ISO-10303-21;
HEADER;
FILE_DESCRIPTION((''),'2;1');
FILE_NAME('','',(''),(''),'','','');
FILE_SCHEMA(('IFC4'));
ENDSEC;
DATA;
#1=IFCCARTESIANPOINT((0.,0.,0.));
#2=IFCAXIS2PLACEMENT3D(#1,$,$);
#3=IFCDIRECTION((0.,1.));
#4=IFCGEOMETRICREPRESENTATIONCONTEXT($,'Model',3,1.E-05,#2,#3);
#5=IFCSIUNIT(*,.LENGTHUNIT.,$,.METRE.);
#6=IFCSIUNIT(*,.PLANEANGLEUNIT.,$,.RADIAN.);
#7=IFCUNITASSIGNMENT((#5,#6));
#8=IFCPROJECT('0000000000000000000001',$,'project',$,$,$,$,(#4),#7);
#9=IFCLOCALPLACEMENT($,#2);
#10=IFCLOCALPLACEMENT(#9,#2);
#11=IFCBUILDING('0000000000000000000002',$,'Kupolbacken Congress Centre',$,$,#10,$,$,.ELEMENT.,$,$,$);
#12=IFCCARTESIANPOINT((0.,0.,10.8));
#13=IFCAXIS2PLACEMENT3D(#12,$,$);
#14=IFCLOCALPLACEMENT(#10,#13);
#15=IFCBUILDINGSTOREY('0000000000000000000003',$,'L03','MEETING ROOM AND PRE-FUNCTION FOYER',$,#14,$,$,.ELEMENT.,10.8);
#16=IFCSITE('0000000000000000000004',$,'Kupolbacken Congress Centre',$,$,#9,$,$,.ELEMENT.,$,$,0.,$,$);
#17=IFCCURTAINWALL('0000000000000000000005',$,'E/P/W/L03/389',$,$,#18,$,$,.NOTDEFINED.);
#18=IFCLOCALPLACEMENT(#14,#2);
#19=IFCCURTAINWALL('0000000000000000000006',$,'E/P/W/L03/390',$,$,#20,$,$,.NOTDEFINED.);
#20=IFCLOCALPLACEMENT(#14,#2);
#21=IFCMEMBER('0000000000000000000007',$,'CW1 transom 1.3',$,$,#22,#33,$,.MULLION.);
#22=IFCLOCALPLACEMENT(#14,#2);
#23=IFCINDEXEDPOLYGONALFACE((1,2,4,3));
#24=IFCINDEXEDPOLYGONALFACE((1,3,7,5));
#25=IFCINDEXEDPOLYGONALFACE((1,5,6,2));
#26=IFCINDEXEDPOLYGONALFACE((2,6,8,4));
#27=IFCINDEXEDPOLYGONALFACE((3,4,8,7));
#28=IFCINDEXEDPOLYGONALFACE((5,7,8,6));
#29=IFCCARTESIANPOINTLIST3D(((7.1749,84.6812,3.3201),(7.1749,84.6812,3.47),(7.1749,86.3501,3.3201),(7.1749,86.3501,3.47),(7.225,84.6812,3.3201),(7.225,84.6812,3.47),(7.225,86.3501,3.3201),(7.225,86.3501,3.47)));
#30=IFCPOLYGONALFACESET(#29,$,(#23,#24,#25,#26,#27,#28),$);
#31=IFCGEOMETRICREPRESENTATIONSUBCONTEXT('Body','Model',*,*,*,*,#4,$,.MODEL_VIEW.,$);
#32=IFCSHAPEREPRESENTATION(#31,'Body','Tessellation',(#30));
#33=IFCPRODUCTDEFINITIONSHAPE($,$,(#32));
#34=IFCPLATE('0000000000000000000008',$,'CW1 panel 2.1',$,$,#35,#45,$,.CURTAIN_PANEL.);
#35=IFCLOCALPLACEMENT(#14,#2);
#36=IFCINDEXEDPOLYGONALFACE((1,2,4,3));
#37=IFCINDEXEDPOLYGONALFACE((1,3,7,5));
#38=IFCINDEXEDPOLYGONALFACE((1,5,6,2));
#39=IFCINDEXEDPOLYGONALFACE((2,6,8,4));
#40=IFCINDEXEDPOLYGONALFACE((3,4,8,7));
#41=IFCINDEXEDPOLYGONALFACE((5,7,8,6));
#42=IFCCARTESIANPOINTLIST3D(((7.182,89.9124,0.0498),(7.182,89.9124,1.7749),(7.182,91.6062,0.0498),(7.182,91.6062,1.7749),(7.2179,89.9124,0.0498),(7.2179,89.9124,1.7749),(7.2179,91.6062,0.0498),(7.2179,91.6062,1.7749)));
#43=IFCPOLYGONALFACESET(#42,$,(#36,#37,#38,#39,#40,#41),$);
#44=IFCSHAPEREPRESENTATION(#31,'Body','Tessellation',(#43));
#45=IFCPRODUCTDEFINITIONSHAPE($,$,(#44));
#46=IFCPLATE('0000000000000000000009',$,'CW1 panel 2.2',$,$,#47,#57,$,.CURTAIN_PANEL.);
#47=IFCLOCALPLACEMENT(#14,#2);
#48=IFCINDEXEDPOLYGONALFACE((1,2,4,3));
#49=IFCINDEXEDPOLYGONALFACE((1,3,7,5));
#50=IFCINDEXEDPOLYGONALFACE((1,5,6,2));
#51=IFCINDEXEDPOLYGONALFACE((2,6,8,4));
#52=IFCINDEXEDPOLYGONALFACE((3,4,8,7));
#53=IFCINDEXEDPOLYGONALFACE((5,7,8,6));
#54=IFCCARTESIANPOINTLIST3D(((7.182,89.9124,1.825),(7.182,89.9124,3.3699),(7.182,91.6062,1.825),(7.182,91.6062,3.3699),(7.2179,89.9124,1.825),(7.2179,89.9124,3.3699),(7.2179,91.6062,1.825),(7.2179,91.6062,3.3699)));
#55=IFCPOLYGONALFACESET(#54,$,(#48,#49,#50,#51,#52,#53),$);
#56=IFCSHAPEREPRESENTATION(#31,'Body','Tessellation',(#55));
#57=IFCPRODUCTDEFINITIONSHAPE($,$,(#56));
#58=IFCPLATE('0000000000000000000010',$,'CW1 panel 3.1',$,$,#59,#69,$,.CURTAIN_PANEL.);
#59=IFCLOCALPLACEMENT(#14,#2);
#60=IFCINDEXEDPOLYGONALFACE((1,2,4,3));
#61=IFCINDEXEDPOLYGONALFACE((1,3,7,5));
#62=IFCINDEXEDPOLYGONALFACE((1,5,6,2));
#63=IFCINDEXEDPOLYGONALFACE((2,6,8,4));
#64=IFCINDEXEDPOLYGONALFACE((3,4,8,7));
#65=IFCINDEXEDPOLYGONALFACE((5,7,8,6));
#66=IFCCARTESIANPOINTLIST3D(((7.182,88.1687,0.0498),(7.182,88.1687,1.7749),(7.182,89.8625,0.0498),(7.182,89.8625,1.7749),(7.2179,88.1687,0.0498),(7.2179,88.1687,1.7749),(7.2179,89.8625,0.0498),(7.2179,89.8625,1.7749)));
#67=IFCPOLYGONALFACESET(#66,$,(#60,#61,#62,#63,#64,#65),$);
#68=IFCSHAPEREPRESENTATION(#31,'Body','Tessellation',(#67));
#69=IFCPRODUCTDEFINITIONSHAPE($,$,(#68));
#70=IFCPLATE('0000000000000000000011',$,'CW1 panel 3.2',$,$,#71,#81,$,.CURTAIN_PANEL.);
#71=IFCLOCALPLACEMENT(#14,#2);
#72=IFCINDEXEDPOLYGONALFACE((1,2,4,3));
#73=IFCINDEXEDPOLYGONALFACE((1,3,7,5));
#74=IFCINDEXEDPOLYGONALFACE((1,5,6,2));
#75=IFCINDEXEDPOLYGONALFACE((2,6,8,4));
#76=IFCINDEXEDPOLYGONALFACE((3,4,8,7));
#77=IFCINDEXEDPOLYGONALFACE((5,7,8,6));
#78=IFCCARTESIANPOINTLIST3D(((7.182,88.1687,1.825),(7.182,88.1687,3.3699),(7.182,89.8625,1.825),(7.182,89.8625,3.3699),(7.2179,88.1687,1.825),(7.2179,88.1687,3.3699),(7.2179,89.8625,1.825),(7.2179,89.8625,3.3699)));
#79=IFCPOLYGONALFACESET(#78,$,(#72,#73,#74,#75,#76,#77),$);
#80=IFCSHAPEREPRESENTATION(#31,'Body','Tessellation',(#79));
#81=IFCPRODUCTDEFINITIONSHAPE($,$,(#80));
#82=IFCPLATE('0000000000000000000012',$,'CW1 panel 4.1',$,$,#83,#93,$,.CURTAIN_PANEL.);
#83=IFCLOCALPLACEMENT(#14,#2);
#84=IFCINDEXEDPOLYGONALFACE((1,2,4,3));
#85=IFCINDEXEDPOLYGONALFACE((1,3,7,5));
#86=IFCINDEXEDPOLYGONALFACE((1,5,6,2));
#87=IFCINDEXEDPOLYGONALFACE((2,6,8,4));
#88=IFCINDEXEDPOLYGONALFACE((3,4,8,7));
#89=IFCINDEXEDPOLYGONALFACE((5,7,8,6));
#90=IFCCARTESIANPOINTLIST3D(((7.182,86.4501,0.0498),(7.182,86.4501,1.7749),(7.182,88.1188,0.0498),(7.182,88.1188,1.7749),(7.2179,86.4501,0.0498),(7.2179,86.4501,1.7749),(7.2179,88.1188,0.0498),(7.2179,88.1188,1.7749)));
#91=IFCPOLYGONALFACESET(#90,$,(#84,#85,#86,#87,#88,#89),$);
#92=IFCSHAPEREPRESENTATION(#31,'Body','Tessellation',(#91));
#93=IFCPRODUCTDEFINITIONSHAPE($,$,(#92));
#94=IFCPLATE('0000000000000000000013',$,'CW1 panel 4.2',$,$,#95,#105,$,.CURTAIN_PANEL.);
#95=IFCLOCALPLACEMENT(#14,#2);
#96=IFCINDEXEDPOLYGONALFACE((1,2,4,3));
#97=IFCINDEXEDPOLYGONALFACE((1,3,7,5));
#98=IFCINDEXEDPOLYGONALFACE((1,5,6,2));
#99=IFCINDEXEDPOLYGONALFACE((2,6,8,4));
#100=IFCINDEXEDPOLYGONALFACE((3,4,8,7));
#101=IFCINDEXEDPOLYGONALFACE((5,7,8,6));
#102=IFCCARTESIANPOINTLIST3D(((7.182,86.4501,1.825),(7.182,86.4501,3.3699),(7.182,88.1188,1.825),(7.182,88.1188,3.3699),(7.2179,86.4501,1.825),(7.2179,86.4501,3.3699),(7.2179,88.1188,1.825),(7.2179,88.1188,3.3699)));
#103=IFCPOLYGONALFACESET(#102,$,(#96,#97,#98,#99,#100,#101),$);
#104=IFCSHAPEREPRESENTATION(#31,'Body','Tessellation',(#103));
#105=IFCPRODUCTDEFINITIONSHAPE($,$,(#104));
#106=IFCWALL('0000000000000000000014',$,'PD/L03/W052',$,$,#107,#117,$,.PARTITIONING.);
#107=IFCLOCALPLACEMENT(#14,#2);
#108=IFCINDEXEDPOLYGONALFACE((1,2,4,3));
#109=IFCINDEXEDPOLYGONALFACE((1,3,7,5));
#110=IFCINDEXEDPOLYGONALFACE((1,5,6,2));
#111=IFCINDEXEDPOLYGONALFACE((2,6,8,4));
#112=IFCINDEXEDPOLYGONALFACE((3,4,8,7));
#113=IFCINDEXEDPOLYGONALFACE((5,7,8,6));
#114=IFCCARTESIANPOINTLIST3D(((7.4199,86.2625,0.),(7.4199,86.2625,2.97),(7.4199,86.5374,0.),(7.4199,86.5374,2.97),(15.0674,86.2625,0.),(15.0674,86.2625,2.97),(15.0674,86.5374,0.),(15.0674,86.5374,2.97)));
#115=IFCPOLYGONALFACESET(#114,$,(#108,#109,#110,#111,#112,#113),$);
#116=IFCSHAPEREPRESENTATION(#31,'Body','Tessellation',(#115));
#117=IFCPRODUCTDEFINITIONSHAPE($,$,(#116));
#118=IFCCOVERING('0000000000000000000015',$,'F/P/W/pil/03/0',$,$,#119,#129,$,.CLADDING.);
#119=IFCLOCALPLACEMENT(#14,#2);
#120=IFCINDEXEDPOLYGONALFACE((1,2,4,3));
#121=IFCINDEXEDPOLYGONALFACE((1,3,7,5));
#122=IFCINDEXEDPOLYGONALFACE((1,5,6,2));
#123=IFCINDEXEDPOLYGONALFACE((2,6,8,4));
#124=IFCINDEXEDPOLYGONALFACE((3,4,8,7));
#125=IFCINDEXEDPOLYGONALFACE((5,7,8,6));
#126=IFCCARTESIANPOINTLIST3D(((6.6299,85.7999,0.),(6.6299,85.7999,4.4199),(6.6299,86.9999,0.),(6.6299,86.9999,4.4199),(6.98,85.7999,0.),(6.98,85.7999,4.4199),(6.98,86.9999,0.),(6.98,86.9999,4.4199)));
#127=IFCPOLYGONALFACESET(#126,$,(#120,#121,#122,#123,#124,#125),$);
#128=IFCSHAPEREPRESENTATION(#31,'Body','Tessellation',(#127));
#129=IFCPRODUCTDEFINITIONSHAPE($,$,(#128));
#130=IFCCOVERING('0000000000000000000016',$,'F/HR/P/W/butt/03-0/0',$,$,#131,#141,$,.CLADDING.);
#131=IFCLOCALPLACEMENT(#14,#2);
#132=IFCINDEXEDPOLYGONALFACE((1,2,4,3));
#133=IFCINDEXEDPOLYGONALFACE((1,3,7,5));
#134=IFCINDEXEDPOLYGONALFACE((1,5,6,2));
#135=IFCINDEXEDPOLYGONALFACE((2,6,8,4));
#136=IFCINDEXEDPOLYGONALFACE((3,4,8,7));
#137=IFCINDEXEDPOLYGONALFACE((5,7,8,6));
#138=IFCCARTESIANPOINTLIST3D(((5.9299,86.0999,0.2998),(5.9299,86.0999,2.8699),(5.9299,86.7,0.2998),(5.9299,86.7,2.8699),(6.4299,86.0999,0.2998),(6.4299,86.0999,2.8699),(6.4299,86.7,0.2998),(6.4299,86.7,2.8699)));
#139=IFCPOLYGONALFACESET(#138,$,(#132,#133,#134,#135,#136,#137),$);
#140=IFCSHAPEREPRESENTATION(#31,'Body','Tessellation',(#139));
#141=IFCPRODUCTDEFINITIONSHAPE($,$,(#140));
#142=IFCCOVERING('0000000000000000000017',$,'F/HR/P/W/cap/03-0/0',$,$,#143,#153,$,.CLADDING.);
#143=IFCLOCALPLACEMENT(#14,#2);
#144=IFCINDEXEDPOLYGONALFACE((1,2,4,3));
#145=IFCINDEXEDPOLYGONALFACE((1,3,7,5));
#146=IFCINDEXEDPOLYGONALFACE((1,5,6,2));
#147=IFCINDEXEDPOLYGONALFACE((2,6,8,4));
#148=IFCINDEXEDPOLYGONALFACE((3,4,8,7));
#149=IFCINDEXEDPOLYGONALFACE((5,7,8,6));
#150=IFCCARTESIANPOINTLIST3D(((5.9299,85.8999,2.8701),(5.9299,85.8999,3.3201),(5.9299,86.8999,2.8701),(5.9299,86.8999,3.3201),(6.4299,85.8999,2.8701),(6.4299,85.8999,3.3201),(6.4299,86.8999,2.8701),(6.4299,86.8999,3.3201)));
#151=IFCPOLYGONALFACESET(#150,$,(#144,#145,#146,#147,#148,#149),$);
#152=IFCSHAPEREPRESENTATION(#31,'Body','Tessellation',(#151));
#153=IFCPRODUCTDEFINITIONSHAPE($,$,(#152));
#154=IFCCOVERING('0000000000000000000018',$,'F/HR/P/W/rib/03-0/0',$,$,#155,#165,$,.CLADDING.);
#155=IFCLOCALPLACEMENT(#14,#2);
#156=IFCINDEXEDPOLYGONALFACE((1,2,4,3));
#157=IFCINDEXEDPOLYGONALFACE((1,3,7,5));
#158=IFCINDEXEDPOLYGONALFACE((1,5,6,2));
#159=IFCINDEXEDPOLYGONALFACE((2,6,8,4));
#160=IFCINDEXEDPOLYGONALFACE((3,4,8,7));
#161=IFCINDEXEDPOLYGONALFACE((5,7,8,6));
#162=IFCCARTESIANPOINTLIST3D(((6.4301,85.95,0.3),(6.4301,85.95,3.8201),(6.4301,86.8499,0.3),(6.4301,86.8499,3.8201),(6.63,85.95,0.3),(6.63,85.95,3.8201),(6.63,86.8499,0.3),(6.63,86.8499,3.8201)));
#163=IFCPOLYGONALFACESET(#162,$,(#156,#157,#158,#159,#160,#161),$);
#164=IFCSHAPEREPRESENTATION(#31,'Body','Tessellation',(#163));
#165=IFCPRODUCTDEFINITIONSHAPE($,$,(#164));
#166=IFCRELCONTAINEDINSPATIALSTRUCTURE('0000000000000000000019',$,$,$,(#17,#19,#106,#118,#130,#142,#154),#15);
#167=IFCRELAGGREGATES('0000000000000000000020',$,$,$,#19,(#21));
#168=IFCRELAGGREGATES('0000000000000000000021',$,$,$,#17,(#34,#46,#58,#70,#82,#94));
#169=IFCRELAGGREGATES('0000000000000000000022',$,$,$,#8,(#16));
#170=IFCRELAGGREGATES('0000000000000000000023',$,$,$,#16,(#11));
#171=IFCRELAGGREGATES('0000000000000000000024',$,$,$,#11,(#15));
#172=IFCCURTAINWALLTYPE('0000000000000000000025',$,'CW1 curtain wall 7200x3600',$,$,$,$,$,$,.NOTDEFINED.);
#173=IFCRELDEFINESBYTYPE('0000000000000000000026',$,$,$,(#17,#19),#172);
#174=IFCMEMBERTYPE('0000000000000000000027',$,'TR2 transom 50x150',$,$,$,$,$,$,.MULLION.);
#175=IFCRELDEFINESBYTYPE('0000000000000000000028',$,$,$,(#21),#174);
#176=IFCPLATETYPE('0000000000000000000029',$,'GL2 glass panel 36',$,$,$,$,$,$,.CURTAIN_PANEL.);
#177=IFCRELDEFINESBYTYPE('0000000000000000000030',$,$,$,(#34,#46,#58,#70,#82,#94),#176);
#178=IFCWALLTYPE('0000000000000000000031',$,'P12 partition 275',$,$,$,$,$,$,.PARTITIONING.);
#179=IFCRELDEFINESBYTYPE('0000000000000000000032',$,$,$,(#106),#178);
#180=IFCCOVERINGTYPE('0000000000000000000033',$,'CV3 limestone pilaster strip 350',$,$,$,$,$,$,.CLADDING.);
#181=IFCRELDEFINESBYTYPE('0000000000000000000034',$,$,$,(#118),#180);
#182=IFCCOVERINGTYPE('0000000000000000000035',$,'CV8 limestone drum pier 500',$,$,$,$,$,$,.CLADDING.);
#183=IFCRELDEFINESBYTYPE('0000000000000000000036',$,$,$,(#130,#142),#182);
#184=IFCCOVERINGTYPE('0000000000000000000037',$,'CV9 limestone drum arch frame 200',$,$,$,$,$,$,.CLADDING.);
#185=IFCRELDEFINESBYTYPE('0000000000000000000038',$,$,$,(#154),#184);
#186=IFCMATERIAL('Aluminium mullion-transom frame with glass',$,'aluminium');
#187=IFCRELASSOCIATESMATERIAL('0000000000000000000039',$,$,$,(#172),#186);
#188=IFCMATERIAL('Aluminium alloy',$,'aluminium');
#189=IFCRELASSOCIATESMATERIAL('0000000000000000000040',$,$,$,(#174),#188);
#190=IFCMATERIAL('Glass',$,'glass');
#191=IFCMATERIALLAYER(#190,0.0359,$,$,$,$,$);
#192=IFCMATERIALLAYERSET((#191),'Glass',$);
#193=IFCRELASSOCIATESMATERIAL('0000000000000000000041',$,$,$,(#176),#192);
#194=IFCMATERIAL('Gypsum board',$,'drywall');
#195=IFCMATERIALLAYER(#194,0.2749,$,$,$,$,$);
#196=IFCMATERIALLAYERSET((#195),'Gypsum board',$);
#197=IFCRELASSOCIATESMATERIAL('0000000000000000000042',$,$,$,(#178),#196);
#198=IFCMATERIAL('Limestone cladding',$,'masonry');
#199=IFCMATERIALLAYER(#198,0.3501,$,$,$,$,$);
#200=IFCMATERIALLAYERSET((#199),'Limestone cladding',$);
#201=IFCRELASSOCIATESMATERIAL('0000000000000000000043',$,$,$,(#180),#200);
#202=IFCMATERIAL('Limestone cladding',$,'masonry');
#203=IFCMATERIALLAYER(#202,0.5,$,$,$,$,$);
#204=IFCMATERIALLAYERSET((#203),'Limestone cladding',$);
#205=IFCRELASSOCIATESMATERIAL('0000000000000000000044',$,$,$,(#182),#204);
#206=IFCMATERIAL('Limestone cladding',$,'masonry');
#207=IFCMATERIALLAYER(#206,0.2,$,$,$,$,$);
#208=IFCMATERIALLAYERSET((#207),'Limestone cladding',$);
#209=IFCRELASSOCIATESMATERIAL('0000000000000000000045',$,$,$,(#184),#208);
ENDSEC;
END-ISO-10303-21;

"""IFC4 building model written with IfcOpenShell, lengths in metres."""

from ifc_helpers import new_model, si_unit, direction, frame, frame_2d, origin, origin_2d, place, context, subcontext, project, spatial, rectangle, extrude, material, layer, layer_set, material_profile, profile_set, type_object, element, aggregate, save


model = new_model("IFC4")

# Units and contexts
model_context = context("Model", 3, precision=1e-05, world=origin(), true_north=direction((0.0, 1.0)))
body_context = subcontext(model_context, "Body", "Model", "MODEL_VIEW")
ifc_project = project(units=[si_unit("LENGTHUNIT", "METRE"), si_unit("PLANEANGLEUNIT", "RADIAN")], contexts=[model_context])

# Site, building, storey
site_placement = place(None, origin())
site = spatial("IfcSite", under=ifc_project, at=site_placement, Name="Kupolbacken Congress Centre", CompositionType="ELEMENT", RefElevation=0.0)
building_placement = place(site_placement, origin())
building = spatial("IfcBuilding", under=site, at=building_placement, Name="Kupolbacken Congress Centre", CompositionType="ELEMENT")
storey_placement = place(building_placement, frame((0.0, 0.0, 10.8)))
storey = spatial("IfcBuildingStorey", under=building, at=storey_placement, Name="L03", Description="MEETING ROOM AND PRE-FUNCTION FOYER", CompositionType="ELEMENT", Elevation=10.8)

# Curtain wall
ifc_material_1 = material(Name="Aluminium mullion-transom frame with glass", Category="aluminium")
curtain_wall_type = type_object("IfcCurtainWallType", Name="CW1 curtain wall 7200x3600", PredefinedType="NOTDEFINED", material=ifc_material_1)
curtain_wall_1_placement = place(storey_placement, origin())
curtain_wall_1 = element("IfcCurtainWall", 1, at=curtain_wall_1_placement, inside=storey, type_object=curtain_wall_type, Name="E/P/W/L03/389", PredefinedType="NOTDEFINED")

# Curtain wall
curtain_wall_2_placement = place(storey_placement, origin())
curtain_wall_2 = element("IfcCurtainWall", 2, at=curtain_wall_2_placement, inside=storey, type_object=curtain_wall_type, Name="E/P/W/L03/390", PredefinedType="NOTDEFINED")

# Member
ifc_material_2 = material(Name="Aluminium alloy", Category="aluminium")
ifc_material_profile_1 = material_profile(ifc_material_2, rectangle(XDim=0.05, YDim=0.1499, at=origin_2d()), Name="50 x 150")
ifc_profile_set_1 = profile_set([ifc_material_profile_1], Name="Aluminium alloy")
member_type_1 = type_object("IfcMemberType", Name="TR2 transom 50x150", PredefinedType="MULLION", material=ifc_profile_set_1)
member_1_placement = place(storey_placement, frame((7.2, 86.3501, 3.395), z_axis=(0.0, -1.0, 0.0), x_axis=(1.0, 0.0, 0.0)))
member_1 = element("IfcMember", 3, at=member_1_placement, type_object=member_type_1, Name="CW1 transom 1.3", PredefinedType="MULLION", context=body_context, shape_type="SweptSolid", body=[
    extrude(rectangle(XDim=0.05, YDim=0.1499, at=origin_2d()), origin(), (0.0, 0.0, 1.0), 1.6689),
])
aggregate(curtain_wall_2, [member_1])

# Plates
ifc_material_3 = material(Name="Glass", Category="glass")
ifc_layer_1 = layer(ifc_material_3, 0.0359)
ifc_layer_set_1 = layer_set([ifc_layer_1], Name="Glass")
plate_type = type_object("IfcPlateType", Name="GL2 glass panel 36", PredefinedType="CURTAIN_PANEL", material=ifc_layer_set_1)
plate_1_placement = place(storey_placement, frame((7.2, 90.7593, 0.0498), z_axis=(0.0, 0.0, 1.0), x_axis=(0.0, -1.0, 0.0)))
plate_1 = element("IfcPlate", 4, at=plate_1_placement, type_object=plate_type, Name="CW1 panel 2.1", PredefinedType="CURTAIN_PANEL", context=body_context, shape_type="SweptSolid", body=[
    extrude(rectangle(XDim=1.6938, YDim=0.0359, at=origin_2d()), origin(), (0.0, 0.0, 1.0), 1.7251),
])
plate_2_placement = place(storey_placement, frame((7.2, 90.7593, 1.825), z_axis=(0.0, 0.0, 1.0), x_axis=(0.0, -1.0, 0.0)))
plate_2 = element("IfcPlate", 5, at=plate_2_placement, type_object=plate_type, Name="CW1 panel 2.2", PredefinedType="CURTAIN_PANEL", context=body_context, shape_type="SweptSolid", body=[
    extrude(rectangle(XDim=1.6938, YDim=0.0359, at=origin_2d()), origin(), (0.0, 0.0, 1.0), 1.5449),
])
plate_3_placement = place(storey_placement, frame((7.2, 89.0156, 0.0498), z_axis=(0.0, 0.0, 1.0), x_axis=(0.0, -1.0, 0.0)))
plate_3 = element("IfcPlate", 6, at=plate_3_placement, type_object=plate_type, Name="CW1 panel 3.1", PredefinedType="CURTAIN_PANEL", context=body_context, shape_type="SweptSolid", body=[
    extrude(rectangle(XDim=1.6938, YDim=0.0359, at=origin_2d()), origin(), (0.0, 0.0, 1.0), 1.7251),
])
plate_4_placement = place(storey_placement, frame((7.2, 89.0156, 1.825), z_axis=(0.0, 0.0, 1.0), x_axis=(0.0, -1.0, 0.0)))
plate_4 = element("IfcPlate", 7, at=plate_4_placement, type_object=plate_type, Name="CW1 panel 3.2", PredefinedType="CURTAIN_PANEL", context=body_context, shape_type="SweptSolid", body=[
    extrude(rectangle(XDim=1.6938, YDim=0.0359, at=origin_2d()), origin(), (0.0, 0.0, 1.0), 1.5449),
])
plate_5_placement = place(storey_placement, frame((7.2, 87.2844, 0.0498), z_axis=(0.0, 0.0, 1.0), x_axis=(0.0, -1.0, 0.0)))
plate_5 = element("IfcPlate", 8, at=plate_5_placement, type_object=plate_type, Name="CW1 panel 4.1", PredefinedType="CURTAIN_PANEL", context=body_context, shape_type="SweptSolid", body=[
    extrude(rectangle(XDim=1.6687, YDim=0.0359, at=origin_2d()), origin(), (0.0, 0.0, 1.0), 1.7251),
])
plate_6_placement = place(storey_placement, frame((7.2, 87.2844, 1.825), z_axis=(0.0, 0.0, 1.0), x_axis=(0.0, -1.0, 0.0)))
plate_6 = element("IfcPlate", 9, at=plate_6_placement, type_object=plate_type, Name="CW1 panel 4.2", PredefinedType="CURTAIN_PANEL", context=body_context, shape_type="SweptSolid", body=[
    extrude(rectangle(XDim=1.6687, YDim=0.0359, at=origin_2d()), origin(), (0.0, 0.0, 1.0), 1.5449),
])
aggregate(curtain_wall_1, [plate_1, plate_2, plate_3, plate_4, plate_5, plate_6])

# Wall
ifc_material_4 = material(Name="Gypsum board", Category="drywall")
ifc_layer_2 = layer(ifc_material_4, 0.2749)
ifc_layer_set_2 = layer_set([ifc_layer_2], Name="Gypsum board")
wall_type = type_object("IfcWallType", Name="P12 partition 275", PredefinedType="PARTITIONING", material=ifc_layer_set_2)
wall_placement = place(storey_placement, frame((7.4199, 86.3999, 0.0), z_axis=(0.0, 0.0, 1.0), x_axis=(1.0, 0.0, 0.0)))
element("IfcWall", 10, at=wall_placement, inside=storey, type_object=wall_type, Name="PD/L03/W052", PredefinedType="PARTITIONING", context=body_context, shape_type="SweptSolid", body=[
    extrude(rectangle(XDim=7.6475, YDim=0.2749, at=frame_2d((3.8237, 0.0))), origin(), (0.0, 0.0, 1.0), 2.97),
])

# Coverings
ifc_material_5 = material(Name="Limestone cladding", Category="masonry")
ifc_layer_3 = layer(ifc_material_5, 0.3501)
ifc_layer_set_3 = layer_set([ifc_layer_3], Name="Limestone cladding")
covering_type_1 = type_object("IfcCoveringType", Name="CV3 limestone pilaster strip 350", PredefinedType="CLADDING", material=ifc_layer_set_3)
covering_1_placement = place(storey_placement, frame((6.8049, 86.3999, 0.0), z_axis=(0.0, 0.0, 1.0), x_axis=(0.0, 1.0, 0.0)))
element("IfcCovering", 11, at=covering_1_placement, inside=storey, type_object=covering_type_1, Name="F/P/W/pil/03/0", PredefinedType="CLADDING", context=body_context, shape_type="SweptSolid", body=[
    extrude(rectangle(XDim=1.2, YDim=0.3501, at=origin_2d()), origin(), (0.0, 0.0, 1.0), 4.4199),
])
ifc_material_6 = material(Name="Limestone cladding", Category="masonry")
ifc_layer_4 = layer(ifc_material_6, 0.5)
ifc_layer_set_4 = layer_set([ifc_layer_4], Name="Limestone cladding")
covering_type_2 = type_object("IfcCoveringType", Name="CV8 limestone drum pier 500", PredefinedType="CLADDING", material=ifc_layer_set_4)
covering_2_placement = place(storey_placement, frame((6.1799, 86.3999, 0.2998), z_axis=(0.0, 0.0, 1.0), x_axis=(0.0, 1.0, 0.0)))
element("IfcCovering", 12, at=covering_2_placement, inside=storey, type_object=covering_type_2, Name="F/HR/P/W/butt/03-0/0", PredefinedType="CLADDING", context=body_context, shape_type="SweptSolid", body=[
    extrude(rectangle(XDim=0.6001, YDim=0.5, at=origin_2d()), origin(), (0.0, 0.0, 1.0), 2.5701),
])
covering_3_placement = place(storey_placement, frame((6.1799, 86.3999, 2.8701), z_axis=(0.0, 0.0, 1.0), x_axis=(0.0, 1.0, 0.0)))
element("IfcCovering", 13, at=covering_3_placement, inside=storey, type_object=covering_type_2, Name="F/HR/P/W/cap/03-0/0", PredefinedType="CLADDING", context=body_context, shape_type="SweptSolid", body=[
    extrude(rectangle(XDim=1.0, YDim=0.5, at=origin_2d()), origin(), (0.0, 0.0, 1.0), 0.45),
])
ifc_material_7 = material(Name="Limestone cladding", Category="masonry")
ifc_layer_5 = layer(ifc_material_7, 0.2)
ifc_layer_set_5 = layer_set([ifc_layer_5], Name="Limestone cladding")
covering_type_3 = type_object("IfcCoveringType", Name="CV9 limestone drum arch frame 200", PredefinedType="CLADDING", material=ifc_layer_set_5)
covering_4_placement = place(storey_placement, frame((6.53, 86.3999, 0.3), z_axis=(0.0, 0.0, 1.0), x_axis=(0.0, 1.0, 0.0)))
element("IfcCovering", 14, at=covering_4_placement, inside=storey, type_object=covering_type_3, Name="F/HR/P/W/rib/03-0/0", PredefinedType="CLADDING", context=body_context, shape_type="SweptSolid", body=[
    extrude(rectangle(XDim=0.8999, YDim=0.2, at=origin_2d()), origin(), (0.0, 0.0, 1.0), 3.52),
])

save(model, "model.ifc")
